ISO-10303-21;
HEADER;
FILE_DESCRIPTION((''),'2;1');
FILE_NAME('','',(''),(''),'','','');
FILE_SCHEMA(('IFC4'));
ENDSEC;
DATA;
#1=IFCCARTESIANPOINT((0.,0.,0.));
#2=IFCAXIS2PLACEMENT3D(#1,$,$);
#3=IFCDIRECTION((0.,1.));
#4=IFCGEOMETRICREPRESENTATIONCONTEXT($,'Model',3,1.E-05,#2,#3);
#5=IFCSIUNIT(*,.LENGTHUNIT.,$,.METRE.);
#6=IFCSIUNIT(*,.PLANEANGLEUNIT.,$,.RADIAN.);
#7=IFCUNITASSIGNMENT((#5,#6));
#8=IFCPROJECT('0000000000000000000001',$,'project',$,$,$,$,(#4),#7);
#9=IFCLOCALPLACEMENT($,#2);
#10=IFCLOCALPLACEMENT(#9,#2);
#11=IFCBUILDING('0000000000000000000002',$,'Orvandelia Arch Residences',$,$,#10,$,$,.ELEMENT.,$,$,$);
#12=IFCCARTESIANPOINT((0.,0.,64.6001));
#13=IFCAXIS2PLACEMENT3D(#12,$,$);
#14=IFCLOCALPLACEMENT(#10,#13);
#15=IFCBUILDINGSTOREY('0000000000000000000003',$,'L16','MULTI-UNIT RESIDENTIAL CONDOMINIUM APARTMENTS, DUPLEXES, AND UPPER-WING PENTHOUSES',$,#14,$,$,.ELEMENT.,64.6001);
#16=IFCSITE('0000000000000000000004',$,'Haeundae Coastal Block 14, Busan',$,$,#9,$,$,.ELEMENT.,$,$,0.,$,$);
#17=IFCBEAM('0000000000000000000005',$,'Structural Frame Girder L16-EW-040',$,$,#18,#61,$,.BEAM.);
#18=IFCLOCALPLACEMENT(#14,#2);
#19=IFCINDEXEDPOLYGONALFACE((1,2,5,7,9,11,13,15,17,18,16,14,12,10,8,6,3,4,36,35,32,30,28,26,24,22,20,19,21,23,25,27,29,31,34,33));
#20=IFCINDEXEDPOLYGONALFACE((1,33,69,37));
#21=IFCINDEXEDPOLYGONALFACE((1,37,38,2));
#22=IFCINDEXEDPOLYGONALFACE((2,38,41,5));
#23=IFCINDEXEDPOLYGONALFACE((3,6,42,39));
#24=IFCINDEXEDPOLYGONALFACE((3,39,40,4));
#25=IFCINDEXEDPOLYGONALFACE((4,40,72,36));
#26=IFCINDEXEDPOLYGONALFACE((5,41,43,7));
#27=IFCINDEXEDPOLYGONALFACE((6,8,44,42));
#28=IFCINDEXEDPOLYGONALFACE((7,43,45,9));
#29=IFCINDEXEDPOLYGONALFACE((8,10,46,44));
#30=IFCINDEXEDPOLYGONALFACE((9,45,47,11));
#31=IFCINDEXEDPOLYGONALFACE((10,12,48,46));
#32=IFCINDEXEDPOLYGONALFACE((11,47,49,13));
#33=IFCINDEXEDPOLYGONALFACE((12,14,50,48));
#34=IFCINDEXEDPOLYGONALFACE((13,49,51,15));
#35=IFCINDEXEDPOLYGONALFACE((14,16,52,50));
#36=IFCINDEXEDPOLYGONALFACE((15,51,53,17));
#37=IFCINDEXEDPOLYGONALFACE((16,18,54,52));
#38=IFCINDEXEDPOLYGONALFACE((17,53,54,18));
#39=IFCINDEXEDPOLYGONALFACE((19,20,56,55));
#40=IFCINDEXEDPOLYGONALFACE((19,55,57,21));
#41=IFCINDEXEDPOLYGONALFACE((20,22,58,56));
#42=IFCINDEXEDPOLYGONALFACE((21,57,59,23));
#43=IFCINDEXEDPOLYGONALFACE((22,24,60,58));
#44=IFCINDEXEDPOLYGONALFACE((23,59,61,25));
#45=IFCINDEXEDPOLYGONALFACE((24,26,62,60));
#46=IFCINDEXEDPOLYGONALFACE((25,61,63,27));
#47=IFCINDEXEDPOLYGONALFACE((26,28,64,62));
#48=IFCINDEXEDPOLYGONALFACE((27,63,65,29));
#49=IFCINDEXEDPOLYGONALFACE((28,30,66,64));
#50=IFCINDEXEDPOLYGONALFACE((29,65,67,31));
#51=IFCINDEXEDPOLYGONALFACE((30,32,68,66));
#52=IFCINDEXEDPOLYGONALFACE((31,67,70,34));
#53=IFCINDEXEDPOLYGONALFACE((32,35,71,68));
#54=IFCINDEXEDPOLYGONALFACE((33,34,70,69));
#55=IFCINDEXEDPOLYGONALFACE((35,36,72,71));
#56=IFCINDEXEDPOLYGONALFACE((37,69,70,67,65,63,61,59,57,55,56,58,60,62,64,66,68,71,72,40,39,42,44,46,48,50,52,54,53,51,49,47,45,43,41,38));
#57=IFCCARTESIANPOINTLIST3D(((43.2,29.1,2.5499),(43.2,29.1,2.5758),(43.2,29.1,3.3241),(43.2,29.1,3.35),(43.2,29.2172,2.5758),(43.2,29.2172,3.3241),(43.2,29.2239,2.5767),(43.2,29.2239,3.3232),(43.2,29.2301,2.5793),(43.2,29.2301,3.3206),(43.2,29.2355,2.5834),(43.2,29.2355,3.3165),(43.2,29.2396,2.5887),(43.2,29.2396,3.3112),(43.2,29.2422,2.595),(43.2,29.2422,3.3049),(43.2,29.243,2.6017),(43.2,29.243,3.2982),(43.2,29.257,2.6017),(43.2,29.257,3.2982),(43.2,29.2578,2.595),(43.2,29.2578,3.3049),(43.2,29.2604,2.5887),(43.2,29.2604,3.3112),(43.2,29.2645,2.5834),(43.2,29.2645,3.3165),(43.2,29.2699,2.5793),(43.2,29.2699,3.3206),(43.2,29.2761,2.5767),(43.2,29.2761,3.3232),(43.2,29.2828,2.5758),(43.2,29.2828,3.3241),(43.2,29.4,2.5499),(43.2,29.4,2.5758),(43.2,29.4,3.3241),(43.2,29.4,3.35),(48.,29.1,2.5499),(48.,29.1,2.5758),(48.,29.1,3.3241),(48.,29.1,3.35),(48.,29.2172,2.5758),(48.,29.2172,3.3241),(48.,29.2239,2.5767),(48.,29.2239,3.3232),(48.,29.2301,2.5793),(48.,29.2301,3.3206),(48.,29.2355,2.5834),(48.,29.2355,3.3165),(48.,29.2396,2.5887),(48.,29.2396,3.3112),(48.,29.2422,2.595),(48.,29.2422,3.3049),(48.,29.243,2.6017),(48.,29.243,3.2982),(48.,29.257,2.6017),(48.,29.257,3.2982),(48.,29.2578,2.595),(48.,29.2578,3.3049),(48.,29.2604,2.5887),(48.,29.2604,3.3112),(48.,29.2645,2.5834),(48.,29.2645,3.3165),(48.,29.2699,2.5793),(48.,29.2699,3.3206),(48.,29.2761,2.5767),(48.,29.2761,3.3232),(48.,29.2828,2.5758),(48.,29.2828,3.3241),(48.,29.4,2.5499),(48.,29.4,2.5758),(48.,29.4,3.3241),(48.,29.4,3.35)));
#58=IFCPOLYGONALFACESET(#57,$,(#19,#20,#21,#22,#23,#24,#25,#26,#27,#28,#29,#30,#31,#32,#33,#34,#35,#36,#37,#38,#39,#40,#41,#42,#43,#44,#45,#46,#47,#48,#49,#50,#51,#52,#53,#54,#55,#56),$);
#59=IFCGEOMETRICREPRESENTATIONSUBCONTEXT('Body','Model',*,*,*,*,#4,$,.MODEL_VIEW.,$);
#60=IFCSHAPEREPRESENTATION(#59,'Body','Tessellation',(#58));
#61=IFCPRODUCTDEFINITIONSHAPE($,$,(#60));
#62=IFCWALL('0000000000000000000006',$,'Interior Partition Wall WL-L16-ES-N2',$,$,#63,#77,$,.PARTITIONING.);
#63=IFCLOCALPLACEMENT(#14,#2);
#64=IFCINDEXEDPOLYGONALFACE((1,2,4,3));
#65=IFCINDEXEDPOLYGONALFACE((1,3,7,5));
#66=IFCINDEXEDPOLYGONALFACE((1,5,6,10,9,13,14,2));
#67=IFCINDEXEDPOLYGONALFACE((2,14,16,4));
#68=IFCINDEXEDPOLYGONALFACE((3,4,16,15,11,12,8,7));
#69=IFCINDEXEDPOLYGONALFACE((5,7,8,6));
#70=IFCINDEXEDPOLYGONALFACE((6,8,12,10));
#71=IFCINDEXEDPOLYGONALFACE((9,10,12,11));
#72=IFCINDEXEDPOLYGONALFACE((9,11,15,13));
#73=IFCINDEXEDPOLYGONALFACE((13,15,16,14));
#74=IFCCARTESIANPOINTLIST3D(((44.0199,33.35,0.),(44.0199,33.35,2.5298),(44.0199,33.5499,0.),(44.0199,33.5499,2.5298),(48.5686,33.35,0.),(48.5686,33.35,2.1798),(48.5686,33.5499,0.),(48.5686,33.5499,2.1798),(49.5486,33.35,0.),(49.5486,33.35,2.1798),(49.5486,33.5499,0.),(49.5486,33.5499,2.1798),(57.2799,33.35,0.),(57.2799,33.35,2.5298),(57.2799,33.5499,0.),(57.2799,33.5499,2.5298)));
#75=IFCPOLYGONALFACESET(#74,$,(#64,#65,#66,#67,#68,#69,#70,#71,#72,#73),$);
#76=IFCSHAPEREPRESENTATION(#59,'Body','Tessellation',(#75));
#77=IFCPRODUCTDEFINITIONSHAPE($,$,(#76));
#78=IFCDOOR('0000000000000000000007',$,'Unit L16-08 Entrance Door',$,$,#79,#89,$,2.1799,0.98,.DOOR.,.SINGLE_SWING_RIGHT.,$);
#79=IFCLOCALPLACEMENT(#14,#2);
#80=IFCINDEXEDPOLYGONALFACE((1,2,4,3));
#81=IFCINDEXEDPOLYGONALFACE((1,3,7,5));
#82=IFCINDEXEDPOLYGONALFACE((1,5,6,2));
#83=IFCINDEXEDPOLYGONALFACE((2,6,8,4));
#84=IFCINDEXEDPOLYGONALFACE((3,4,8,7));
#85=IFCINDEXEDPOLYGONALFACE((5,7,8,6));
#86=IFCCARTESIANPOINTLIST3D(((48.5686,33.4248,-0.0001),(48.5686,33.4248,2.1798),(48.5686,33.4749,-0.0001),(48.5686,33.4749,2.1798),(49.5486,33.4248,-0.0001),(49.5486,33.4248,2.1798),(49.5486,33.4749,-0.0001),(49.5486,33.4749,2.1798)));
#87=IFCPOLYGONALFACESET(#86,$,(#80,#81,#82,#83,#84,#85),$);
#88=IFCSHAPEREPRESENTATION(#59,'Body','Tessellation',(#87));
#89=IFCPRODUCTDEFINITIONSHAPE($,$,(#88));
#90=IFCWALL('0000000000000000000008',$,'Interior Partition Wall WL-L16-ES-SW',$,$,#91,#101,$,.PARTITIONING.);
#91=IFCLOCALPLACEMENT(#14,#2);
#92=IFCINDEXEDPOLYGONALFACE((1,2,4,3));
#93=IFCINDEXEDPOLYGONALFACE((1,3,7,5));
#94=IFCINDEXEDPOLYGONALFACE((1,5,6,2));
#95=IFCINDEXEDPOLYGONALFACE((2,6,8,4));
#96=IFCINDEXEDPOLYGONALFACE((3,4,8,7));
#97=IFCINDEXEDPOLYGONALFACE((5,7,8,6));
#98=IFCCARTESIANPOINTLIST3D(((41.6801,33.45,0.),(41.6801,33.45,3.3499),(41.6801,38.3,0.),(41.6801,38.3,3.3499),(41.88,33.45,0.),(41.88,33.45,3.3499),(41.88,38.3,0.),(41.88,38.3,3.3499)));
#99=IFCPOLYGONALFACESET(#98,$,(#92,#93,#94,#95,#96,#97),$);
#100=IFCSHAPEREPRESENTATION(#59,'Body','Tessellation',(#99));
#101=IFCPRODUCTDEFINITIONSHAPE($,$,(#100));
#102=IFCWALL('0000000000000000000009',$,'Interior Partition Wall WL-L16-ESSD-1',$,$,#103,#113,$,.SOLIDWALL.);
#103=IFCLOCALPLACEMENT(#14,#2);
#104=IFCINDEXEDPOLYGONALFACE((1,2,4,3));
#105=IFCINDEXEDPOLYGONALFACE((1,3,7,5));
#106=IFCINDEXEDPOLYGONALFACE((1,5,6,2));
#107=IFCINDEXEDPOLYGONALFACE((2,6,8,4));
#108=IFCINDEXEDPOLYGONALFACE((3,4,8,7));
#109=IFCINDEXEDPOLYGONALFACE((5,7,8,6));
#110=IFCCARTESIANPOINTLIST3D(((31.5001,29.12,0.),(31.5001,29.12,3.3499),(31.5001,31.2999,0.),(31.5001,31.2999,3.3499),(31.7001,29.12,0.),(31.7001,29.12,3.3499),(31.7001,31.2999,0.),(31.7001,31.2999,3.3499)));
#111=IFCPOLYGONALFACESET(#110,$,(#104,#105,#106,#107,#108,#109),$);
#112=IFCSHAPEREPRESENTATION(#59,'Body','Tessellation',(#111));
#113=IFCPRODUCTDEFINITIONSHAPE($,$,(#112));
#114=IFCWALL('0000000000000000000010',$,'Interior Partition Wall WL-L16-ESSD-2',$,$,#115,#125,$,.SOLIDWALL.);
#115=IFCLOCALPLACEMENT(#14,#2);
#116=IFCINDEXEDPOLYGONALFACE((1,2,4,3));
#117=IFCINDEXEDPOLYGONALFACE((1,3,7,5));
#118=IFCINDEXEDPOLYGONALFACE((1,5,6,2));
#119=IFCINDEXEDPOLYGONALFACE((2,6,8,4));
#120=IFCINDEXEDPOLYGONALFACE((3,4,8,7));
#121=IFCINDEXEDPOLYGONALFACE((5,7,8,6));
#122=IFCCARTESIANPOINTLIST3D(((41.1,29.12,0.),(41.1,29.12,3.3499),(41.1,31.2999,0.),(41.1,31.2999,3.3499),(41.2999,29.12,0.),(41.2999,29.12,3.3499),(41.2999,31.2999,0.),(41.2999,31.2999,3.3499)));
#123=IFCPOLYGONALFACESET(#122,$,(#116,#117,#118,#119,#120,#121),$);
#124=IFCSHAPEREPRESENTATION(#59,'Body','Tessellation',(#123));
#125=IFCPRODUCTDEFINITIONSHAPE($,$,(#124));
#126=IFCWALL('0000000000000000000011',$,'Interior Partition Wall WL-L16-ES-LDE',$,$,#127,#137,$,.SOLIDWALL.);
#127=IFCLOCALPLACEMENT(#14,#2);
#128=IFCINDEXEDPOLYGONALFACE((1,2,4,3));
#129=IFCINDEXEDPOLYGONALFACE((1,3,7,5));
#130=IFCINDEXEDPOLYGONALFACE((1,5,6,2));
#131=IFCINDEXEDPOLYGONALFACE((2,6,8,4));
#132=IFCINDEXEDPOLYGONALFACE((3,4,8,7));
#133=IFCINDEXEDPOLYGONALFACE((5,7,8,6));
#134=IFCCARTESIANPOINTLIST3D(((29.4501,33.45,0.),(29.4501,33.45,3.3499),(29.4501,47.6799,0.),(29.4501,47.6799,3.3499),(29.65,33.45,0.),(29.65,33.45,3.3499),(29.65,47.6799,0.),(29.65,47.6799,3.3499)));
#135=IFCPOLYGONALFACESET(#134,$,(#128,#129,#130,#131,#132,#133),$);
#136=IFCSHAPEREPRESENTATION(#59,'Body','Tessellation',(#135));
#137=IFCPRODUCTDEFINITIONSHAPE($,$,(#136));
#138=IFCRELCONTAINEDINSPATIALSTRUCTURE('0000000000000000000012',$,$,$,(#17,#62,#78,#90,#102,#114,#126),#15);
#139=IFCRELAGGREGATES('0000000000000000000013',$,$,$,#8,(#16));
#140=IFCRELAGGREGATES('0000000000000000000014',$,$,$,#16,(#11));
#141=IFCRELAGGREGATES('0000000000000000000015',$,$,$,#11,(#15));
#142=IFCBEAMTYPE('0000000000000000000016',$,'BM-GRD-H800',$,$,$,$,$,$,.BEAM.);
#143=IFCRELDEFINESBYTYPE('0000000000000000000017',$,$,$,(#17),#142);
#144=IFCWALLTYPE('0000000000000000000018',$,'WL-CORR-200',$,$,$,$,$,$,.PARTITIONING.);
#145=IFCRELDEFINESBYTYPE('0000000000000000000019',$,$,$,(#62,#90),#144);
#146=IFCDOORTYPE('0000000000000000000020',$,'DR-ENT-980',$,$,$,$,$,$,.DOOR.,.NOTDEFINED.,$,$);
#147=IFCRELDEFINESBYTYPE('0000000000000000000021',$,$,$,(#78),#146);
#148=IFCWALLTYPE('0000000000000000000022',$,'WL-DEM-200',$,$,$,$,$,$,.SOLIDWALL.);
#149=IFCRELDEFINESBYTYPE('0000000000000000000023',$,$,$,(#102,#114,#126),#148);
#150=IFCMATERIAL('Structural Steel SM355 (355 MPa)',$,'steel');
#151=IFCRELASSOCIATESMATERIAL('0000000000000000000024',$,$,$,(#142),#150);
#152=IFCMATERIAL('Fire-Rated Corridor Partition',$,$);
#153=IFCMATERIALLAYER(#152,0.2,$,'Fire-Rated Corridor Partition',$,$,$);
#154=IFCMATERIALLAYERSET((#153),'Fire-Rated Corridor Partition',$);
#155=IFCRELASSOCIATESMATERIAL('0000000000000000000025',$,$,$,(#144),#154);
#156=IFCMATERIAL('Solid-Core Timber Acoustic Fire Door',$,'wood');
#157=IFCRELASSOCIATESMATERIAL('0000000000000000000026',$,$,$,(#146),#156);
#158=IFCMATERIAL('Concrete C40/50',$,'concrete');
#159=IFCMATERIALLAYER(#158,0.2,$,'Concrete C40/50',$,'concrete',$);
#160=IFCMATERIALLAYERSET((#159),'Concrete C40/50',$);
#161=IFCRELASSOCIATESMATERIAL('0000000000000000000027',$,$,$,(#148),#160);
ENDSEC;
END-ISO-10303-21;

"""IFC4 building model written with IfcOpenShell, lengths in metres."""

from ifc_helpers import new_model, si_unit, direction, frame, frame_2d, origin, origin_2d, place, context, subcontext, project, spatial, rectangle, i_section, extrude, material, layer, layer_set, material_profile, profile_set, type_object, element, fill, save


model = new_model("IFC4")

# Units and contexts
model_context = context("Model", 3, precision=1e-05, world=origin(), true_north=direction((0.0, 1.0)))
body_context = subcontext(model_context, "Body", "Model", "MODEL_VIEW")
ifc_project = project(units=[si_unit("LENGTHUNIT", "METRE"), si_unit("PLANEANGLEUNIT", "RADIAN")], contexts=[model_context])

# Site, building, storey
site_placement = place(None, origin())
site = spatial("IfcSite", under=ifc_project, at=site_placement, Name="Haeundae Coastal Block 14, Busan", CompositionType="ELEMENT", RefElevation=0.0)
building_placement = place(site_placement, origin())
building = spatial("IfcBuilding", under=site, at=building_placement, Name="Orvandelia Arch Residences", CompositionType="ELEMENT")
storey_placement = place(building_placement, frame((0.0, 0.0, 64.6001)))
storey = spatial("IfcBuildingStorey", under=building, at=storey_placement, Name="L16", Description="MULTI-UNIT RESIDENTIAL CONDOMINIUM APARTMENTS, DUPLEXES, AND UPPER-WING PENTHOUSES", CompositionType="ELEMENT", Elevation=64.6001)

# Beam
ifc_material_1 = material(Name="Structural Steel SM355 (355 MPa)", Category="steel")
ifc_material_profile_1 = material_profile(ifc_material_1, i_section(OverallWidth=0.3, OverallDepth=0.8, WebThickness=0.0139, FlangeThickness=0.0259, FilletRadius=0.0259, at=origin_2d()), Name="Structural Steel SM355 (355 MPa)", Category="steel")
ifc_profile_set_1 = profile_set([ifc_material_profile_1], Name="Structural Steel SM355 (355 MPa)")
beam_type = type_object("IfcBeamType", Name="BM-GRD-H800", PredefinedType="BEAM", material=ifc_profile_set_1)
for number, where, z_axis, x_axis, name in (
    (1, (43.2, 29.25, 2.95), (1.0, 0.0, 0.0), (0.0, 1.0, 0.0), "Structural Frame Girder L16-EW-040"),
):
    element("IfcBeam", number, at=place(storey_placement, frame(where, z_axis=z_axis, x_axis=x_axis)), inside=storey, type_object=beam_type, Name=name, PredefinedType="BEAM", context=body_context, shape_type="SweptSolid", body=[
        extrude(i_section(OverallWidth=0.3, OverallDepth=0.8, WebThickness=0.0139, FlangeThickness=0.0259, FilletRadius=0.0259, at=origin_2d()), origin(), (0.0, 0.0, 1.0), 4.8),
    ])

# Wall, opening, door
ifc_material_2 = material(Name="Fire-Rated Corridor Partition")
ifc_layer_1 = layer(ifc_material_2, 0.2, Name="Fire-Rated Corridor Partition")
ifc_layer_set_1 = layer_set([ifc_layer_1], Name="Fire-Rated Corridor Partition")
wall_type_1 = type_object("IfcWallType", Name="WL-CORR-200", PredefinedType="PARTITIONING", material=ifc_layer_set_1)
wall_1_placement = place(storey_placement, frame((44.02, 33.45, 0.0), z_axis=(0.0, 0.0, 1.0), x_axis=(1.0, 0.0, 0.0)))
wall_1 = element("IfcWall", 2, at=wall_1_placement, inside=storey, type_object=wall_type_1, Name="Interior Partition Wall WL-L16-ES-N2", PredefinedType="PARTITIONING", context=body_context, shape_type="SweptSolid", body=[
    extrude(rectangle(XDim=13.26, YDim=0.2, at=frame_2d((6.6299, 0.0))), origin(), (0.0, 0.0, 1.0), 2.5298),
])
opening_1_placement = place(wall_1_placement, frame((4.5486, 0.0, 0.0)))
opening_1 = element("IfcOpeningElement", 3, at=opening_1_placement, cuts=wall_1, PredefinedType="OPENING", context=body_context, shape_type="SweptSolid", body=[
    extrude(rectangle(XDim=0.98, YDim=2.1799, at=frame_2d((0.49, 1.0898))), frame((0.0, 0.1099, 0.0), z_axis=(0.0, -1.0, 0.0), x_axis=(1.0, 0.0, 0.0)), (0.0, 0.0, 1.0), 0.22),
])
ifc_material_3 = material(Name="Solid-Core Timber Acoustic Fire Door", Category="wood")
door_type_1 = type_object("IfcDoorType", Name="DR-ENT-980", OperationType="NOTDEFINED", PredefinedType="DOOR", material=ifc_material_3)
door_1_placement = place(opening_1_placement, origin())
door_1 = element("IfcDoor", 4, at=door_1_placement, inside=storey, type_object=door_type_1, Name="Unit L16-08 Entrance Door", OperationType="SINGLE_SWING_RIGHT", OverallHeight=2.1799, OverallWidth=0.98, PredefinedType="DOOR", context=body_context, shape_type="SweptSolid", body=[
    extrude(rectangle(XDim=0.98, YDim=2.1799, at=frame_2d((0.49, 1.0898))), frame((0.0, 0.0249, 0.0), z_axis=(0.0, -1.0, 0.0), x_axis=(1.0, 0.0, 0.0)), (0.0, 0.0, 1.0), 0.05),
])
fill(opening_1, door_1)

# Walls
wall_2_placement = place(storey_placement, frame((41.78, 33.45, 0.0), z_axis=(0.0, 0.0, 1.0), x_axis=(0.0, 1.0, 0.0)))
element("IfcWall", 5, at=wall_2_placement, inside=storey, type_object=wall_type_1, Name="Interior Partition Wall WL-L16-ES-SW", PredefinedType="PARTITIONING", context=body_context, shape_type="SweptSolid", body=[
    extrude(rectangle(XDim=4.8501, YDim=0.2, at=frame_2d((2.425, 0.0))), origin(), (0.0, 0.0, 1.0), 3.3499),
])
ifc_material_4 = material(Name="Concrete C40/50", Category="concrete")
ifc_layer_2 = layer(ifc_material_4, 0.2, Name="Concrete C40/50", Category="concrete")
ifc_layer_set_2 = layer_set([ifc_layer_2], Name="Concrete C40/50")
wall_type_2 = type_object("IfcWallType", Name="WL-DEM-200", PredefinedType="SOLIDWALL", material=ifc_layer_set_2)
for number, where, z_axis, x_axis, name in (
    (6, (31.6001, 29.1201, 0.0), (0.0, 0.0, 1.0), (0.0, 1.0, 0.0), "Interior Partition Wall WL-L16-ESSD-1"),
    (7, (41.2, 29.1201, 0.0), (0.0, 0.0, 1.0), (0.0, 1.0, 0.0), "Interior Partition Wall WL-L16-ESSD-2"),
):
    element("IfcWall", number, at=place(storey_placement, frame(where, z_axis=z_axis, x_axis=x_axis)), inside=storey, type_object=wall_type_2, Name=name, PredefinedType="SOLIDWALL", context=body_context, shape_type="SweptSolid", body=[
        extrude(rectangle(XDim=2.1799, YDim=0.2, at=frame_2d((1.0898, 0.0))), origin(), (0.0, 0.0, 1.0), 3.3499),
    ])
wall_3_placement = place(storey_placement, frame((29.55, 33.45, 0.0), z_axis=(0.0, 0.0, 1.0), x_axis=(0.0, 1.0, 0.0)))
element("IfcWall", 8, at=wall_3_placement, inside=storey, type_object=wall_type_2, Name="Interior Partition Wall WL-L16-ES-LDE", PredefinedType="SOLIDWALL", context=body_context, shape_type="SweptSolid", body=[
    extrude(rectangle(XDim=14.23, YDim=0.2, at=frame_2d((7.115, 0.0))), origin(), (0.0, 0.0, 1.0), 3.3499),
])

save(model, "model.ifc")
